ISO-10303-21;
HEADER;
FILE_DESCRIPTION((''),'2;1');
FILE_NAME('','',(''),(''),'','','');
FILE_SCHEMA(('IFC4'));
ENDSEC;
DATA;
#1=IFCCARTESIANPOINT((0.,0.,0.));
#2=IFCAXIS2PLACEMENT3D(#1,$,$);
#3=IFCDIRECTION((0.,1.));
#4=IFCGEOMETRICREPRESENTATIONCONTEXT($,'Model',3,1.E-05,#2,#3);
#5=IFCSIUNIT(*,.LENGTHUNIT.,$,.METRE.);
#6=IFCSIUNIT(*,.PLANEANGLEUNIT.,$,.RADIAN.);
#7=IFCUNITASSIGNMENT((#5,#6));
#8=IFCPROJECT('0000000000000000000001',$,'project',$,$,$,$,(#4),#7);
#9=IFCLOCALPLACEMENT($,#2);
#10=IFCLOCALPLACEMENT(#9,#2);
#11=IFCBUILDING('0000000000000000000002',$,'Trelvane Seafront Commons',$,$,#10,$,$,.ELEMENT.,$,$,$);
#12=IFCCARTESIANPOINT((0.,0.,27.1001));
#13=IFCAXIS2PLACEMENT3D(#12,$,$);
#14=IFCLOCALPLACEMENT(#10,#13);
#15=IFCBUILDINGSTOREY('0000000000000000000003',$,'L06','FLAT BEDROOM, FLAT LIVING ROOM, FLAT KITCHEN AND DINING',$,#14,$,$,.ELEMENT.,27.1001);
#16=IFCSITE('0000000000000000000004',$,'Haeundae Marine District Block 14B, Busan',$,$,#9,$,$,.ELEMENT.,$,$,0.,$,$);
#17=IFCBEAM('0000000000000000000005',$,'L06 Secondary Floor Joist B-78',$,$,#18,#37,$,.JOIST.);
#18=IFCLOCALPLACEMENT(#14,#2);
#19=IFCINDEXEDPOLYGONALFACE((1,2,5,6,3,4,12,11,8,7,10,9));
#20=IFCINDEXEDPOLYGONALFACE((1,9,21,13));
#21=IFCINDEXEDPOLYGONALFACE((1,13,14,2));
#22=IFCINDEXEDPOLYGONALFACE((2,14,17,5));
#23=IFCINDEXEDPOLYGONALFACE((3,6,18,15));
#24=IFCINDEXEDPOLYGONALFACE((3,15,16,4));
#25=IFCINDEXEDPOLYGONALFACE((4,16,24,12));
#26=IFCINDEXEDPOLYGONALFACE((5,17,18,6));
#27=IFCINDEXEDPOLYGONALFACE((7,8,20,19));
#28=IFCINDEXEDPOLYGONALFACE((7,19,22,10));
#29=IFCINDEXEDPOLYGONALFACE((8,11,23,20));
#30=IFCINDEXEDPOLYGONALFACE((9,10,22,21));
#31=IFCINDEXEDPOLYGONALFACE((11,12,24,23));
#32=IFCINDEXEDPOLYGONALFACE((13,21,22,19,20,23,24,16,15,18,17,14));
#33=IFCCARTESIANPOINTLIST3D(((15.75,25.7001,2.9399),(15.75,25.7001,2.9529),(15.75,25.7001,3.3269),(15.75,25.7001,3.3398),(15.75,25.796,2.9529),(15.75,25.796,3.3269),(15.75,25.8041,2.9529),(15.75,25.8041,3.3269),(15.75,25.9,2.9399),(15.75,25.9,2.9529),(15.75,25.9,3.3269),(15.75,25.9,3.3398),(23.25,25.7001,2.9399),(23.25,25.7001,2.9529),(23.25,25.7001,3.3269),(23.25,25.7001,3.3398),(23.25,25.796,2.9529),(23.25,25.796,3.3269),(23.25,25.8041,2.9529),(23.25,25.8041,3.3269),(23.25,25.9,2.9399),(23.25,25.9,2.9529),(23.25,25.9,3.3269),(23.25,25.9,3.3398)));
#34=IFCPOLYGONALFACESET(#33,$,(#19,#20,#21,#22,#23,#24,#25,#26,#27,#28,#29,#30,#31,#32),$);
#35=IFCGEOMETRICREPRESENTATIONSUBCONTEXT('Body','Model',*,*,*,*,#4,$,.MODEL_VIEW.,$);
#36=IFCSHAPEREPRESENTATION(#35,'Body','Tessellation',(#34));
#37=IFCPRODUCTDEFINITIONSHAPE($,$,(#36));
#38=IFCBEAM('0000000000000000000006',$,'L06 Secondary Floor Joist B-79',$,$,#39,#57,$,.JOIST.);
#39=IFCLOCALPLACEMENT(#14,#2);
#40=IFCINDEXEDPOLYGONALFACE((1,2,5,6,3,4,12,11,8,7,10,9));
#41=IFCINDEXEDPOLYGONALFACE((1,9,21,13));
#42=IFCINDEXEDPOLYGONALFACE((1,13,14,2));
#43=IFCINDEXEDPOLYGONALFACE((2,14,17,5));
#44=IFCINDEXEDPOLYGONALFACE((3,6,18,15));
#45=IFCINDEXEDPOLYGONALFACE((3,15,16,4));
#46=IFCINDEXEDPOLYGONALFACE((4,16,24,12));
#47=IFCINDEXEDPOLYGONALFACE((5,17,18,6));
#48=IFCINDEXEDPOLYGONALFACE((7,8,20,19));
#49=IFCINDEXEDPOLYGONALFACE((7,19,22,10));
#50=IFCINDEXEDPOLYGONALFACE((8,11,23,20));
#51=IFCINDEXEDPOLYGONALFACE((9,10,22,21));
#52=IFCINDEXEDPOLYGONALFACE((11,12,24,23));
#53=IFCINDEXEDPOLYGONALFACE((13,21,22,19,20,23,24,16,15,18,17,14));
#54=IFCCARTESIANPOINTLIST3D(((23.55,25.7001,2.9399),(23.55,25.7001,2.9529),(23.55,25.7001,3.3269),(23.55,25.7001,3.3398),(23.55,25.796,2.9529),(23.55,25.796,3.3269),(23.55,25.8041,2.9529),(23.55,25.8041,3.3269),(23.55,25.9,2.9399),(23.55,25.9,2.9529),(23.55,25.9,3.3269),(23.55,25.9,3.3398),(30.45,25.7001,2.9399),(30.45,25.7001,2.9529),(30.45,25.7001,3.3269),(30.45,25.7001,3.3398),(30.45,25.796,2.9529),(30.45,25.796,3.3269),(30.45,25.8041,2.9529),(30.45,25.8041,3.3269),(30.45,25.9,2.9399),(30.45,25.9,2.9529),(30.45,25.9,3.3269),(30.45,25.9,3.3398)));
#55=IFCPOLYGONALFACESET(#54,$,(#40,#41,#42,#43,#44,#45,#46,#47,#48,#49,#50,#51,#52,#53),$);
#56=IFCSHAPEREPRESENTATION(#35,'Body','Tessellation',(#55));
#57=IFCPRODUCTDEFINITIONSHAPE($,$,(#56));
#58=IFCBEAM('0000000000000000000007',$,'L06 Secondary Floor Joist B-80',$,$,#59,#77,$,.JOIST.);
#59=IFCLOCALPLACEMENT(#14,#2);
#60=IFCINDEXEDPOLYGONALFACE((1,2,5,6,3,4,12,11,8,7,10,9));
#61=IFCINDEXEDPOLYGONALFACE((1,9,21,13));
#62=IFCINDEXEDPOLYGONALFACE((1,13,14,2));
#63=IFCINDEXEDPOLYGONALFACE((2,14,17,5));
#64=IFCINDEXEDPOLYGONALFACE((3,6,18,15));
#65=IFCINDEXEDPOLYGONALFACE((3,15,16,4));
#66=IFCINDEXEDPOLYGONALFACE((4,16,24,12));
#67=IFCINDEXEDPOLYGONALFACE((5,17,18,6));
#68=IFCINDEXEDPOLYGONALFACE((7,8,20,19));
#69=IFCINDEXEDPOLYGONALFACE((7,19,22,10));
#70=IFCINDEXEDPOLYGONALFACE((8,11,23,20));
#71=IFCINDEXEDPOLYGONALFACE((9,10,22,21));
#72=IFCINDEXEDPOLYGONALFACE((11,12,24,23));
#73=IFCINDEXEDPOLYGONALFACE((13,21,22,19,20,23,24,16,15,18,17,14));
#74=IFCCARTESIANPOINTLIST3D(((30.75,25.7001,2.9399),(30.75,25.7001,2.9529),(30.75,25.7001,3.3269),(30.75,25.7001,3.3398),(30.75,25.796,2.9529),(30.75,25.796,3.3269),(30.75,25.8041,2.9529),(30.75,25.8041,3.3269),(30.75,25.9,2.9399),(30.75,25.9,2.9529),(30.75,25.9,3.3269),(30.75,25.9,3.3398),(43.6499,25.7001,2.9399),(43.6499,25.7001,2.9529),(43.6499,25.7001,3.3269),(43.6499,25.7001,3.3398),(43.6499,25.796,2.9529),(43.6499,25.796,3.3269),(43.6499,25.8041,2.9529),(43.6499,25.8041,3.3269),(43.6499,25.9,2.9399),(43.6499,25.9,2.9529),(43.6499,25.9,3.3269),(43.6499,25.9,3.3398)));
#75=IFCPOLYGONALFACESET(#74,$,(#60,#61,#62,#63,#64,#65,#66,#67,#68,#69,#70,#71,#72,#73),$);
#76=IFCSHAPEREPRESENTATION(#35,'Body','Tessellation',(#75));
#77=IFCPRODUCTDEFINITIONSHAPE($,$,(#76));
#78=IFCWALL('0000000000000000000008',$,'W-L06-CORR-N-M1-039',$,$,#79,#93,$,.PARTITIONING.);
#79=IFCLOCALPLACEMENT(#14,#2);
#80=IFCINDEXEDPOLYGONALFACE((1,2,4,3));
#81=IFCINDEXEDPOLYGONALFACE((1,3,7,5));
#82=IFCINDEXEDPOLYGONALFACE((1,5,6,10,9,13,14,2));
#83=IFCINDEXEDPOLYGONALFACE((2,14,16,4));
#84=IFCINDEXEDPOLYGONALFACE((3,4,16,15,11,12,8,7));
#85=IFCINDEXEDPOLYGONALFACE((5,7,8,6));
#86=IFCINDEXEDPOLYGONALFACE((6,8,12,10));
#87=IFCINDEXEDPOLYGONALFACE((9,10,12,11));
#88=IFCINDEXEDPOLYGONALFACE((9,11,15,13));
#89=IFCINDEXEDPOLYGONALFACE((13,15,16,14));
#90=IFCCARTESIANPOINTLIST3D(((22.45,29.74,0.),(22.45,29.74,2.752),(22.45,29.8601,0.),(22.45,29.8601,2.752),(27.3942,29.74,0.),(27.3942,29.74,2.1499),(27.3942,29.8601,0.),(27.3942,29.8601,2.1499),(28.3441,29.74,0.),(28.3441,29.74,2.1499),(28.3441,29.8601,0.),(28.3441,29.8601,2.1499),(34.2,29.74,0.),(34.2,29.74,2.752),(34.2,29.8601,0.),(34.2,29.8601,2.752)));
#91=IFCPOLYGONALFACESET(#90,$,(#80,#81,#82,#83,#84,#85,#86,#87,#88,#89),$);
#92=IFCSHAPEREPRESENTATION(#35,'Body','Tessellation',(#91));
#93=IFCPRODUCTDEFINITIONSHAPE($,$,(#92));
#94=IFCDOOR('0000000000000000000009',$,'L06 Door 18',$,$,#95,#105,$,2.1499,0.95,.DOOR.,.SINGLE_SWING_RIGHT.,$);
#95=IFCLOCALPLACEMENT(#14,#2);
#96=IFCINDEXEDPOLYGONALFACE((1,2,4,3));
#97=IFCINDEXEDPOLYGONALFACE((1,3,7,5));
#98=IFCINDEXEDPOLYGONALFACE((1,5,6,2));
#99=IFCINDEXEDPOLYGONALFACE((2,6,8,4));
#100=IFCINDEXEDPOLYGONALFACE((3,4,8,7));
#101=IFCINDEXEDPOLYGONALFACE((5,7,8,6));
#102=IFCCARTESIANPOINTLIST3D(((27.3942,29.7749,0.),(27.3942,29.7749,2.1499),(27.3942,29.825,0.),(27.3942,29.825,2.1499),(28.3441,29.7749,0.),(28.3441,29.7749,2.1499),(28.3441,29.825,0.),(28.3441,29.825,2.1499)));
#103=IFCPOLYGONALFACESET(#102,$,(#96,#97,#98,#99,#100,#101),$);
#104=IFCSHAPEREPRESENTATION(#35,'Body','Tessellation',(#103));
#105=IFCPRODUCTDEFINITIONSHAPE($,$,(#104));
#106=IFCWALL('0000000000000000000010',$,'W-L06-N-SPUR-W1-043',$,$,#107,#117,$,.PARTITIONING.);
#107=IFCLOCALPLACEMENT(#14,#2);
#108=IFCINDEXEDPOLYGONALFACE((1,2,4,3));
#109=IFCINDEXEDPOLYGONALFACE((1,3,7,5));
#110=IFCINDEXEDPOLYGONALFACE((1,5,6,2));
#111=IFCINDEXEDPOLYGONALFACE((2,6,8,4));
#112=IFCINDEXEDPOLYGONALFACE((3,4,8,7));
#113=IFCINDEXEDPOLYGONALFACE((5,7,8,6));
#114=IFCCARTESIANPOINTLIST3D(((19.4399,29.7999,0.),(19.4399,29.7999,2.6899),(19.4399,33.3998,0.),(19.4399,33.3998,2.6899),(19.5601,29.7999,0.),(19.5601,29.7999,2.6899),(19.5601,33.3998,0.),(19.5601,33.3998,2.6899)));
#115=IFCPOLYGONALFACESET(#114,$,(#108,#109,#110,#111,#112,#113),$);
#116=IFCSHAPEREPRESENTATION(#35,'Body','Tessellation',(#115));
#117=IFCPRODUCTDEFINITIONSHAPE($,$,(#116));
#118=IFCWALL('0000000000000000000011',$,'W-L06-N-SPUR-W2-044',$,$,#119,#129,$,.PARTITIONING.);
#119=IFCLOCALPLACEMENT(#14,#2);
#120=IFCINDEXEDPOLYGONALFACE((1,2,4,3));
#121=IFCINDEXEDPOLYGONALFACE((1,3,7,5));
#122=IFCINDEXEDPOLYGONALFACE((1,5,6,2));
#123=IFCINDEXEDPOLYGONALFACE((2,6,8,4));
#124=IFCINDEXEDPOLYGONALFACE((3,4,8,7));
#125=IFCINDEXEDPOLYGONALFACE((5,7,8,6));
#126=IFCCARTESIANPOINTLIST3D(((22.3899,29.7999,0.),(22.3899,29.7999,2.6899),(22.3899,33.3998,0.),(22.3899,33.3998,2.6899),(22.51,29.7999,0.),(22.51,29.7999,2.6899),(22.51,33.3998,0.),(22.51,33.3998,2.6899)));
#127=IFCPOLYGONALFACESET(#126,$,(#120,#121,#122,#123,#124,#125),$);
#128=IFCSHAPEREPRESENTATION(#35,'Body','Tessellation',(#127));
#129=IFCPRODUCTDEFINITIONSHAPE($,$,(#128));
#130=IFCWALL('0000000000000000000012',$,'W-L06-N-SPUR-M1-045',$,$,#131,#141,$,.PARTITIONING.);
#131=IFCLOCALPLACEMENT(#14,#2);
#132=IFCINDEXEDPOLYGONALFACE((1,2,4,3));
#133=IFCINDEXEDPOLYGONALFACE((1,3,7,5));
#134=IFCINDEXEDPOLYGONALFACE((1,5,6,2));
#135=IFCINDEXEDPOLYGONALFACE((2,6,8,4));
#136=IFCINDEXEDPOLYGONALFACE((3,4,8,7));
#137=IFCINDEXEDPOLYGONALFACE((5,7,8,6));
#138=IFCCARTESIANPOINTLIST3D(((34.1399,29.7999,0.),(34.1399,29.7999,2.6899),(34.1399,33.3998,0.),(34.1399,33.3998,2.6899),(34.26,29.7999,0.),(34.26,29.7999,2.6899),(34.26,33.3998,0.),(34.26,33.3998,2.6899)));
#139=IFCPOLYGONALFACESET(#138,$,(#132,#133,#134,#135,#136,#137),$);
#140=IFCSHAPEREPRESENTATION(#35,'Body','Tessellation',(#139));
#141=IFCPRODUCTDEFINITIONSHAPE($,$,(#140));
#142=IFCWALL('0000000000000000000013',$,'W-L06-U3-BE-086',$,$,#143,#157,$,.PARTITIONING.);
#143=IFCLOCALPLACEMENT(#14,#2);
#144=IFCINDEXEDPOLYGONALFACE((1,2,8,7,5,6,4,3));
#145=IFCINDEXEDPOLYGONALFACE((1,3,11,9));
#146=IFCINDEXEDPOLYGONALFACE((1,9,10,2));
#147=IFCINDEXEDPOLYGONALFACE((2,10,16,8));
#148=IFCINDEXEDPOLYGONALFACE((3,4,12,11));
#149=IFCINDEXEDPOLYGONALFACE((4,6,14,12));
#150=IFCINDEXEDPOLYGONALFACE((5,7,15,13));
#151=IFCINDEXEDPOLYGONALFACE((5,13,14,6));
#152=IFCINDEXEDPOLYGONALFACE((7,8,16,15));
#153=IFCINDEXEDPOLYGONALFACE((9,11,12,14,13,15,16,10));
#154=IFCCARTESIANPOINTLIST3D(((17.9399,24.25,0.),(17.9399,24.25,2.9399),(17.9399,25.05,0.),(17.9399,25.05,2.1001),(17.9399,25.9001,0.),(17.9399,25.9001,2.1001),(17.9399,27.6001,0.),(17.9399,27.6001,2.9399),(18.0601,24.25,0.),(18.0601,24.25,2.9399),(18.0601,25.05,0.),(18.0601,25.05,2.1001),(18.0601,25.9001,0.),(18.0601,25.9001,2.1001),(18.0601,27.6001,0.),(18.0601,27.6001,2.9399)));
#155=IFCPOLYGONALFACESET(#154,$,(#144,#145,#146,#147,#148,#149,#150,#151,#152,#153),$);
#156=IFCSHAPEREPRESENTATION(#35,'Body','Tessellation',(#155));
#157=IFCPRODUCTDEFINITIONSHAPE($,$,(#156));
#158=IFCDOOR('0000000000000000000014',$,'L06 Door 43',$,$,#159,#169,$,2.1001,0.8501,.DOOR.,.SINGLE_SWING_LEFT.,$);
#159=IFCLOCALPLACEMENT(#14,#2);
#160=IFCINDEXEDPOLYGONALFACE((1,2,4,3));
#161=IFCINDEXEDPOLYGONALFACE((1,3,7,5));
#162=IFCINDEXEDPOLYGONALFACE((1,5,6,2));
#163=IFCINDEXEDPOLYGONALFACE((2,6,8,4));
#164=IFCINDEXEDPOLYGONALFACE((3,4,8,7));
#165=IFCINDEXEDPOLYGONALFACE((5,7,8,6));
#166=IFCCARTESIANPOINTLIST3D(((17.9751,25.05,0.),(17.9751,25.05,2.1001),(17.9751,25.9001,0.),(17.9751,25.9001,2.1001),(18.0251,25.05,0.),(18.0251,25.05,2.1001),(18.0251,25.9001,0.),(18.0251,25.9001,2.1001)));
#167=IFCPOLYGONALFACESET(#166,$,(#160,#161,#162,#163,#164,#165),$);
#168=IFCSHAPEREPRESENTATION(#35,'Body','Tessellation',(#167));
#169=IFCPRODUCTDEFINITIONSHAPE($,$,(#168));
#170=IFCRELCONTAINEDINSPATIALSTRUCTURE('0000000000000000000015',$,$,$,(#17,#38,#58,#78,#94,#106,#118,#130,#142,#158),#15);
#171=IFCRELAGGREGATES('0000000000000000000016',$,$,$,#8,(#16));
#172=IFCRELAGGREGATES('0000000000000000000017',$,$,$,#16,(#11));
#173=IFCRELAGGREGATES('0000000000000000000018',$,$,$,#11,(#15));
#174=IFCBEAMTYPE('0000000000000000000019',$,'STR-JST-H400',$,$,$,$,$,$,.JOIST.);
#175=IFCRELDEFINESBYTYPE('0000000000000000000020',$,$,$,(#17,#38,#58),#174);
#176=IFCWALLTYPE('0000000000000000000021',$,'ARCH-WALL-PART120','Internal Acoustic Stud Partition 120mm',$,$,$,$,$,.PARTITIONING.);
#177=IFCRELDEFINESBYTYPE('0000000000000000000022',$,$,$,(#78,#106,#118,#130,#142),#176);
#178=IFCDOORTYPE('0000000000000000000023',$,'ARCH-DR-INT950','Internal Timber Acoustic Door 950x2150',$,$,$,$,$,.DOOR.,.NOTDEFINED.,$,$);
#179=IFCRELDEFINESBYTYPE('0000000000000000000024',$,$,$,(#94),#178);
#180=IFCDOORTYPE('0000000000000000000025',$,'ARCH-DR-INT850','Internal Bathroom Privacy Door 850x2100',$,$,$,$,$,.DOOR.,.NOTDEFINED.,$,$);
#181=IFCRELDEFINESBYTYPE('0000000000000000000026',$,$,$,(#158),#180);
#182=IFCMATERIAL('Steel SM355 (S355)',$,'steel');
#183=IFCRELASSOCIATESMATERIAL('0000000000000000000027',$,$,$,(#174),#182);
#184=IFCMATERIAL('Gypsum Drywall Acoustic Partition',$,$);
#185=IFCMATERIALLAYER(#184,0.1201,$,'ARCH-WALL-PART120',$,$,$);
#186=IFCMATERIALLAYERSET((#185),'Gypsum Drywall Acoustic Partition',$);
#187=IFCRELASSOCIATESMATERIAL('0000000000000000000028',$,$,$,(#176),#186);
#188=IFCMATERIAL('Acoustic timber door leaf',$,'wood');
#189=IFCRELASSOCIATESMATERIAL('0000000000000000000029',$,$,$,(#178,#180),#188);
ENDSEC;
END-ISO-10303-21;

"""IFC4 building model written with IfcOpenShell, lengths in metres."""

from ifc_helpers import new_model, si_unit, direction, frame, frame_2d, origin, origin_2d, place, context, subcontext, project, spatial, rectangle, i_section, extrude, source, transform, mapped, material, layer, layer_set, material_profile, profile_set, type_object, element, fill, save


model = new_model("IFC4")

# Units and contexts
model_context = context("Model", 3, precision=1e-05, world=origin(), true_north=direction((0.0, 1.0)))
body_context = subcontext(model_context, "Body", "Model", "MODEL_VIEW")
ifc_project = project(units=[si_unit("LENGTHUNIT", "METRE"), si_unit("PLANEANGLEUNIT", "RADIAN")], contexts=[model_context])

# Site, building, storey
site_placement = place(None, origin())
site = spatial("IfcSite", under=ifc_project, at=site_placement, Name="Haeundae Marine District Block 14B, Busan", CompositionType="ELEMENT", RefElevation=0.0)
building_placement = place(site_placement, origin())
building = spatial("IfcBuilding", under=site, at=building_placement, Name="Trelvane Seafront Commons", CompositionType="ELEMENT")
storey_placement = place(building_placement, frame((0.0, 0.0, 27.1001)))
storey = spatial("IfcBuildingStorey", under=building, at=storey_placement, Name="L06", Description="FLAT BEDROOM, FLAT LIVING ROOM, FLAT KITCHEN AND DINING", CompositionType="ELEMENT", Elevation=27.1001)

# Beams
ifc_material_1 = material(Name="Steel SM355 (S355)", Category="steel")
ifc_material_profile = material_profile(ifc_material_1, i_section(OverallWidth=0.2, OverallDepth=0.3999, WebThickness=0.0081, FlangeThickness=0.0129, at=origin_2d()), Name="H-400x200x8x13")
ifc_profile_set = profile_set([ifc_material_profile], Name="Steel SM355 (S355)")
beam_type = type_object("IfcBeamType", Name="STR-JST-H400", PredefinedType="JOIST", material=ifc_profile_set)
shared_shape_1 = source(origin(), body_context, "Body", "SweptSolid", [
    extrude(i_section(OverallWidth=0.2, OverallDepth=0.3999, WebThickness=0.0081, FlangeThickness=0.0129, at=origin_2d()), origin(), (0.0, 0.0, 1.0), 7.5),
])
beam_1_placement = place(storey_placement, frame((15.75, 25.8, 3.1399), z_axis=(1.0, 0.0, 0.0), x_axis=(0.0, 1.0, 0.0)))
element("IfcBeam", 1, at=beam_1_placement, inside=storey, type_object=beam_type, Name="L06 Secondary Floor Joist B-78", PredefinedType="JOIST", context=body_context, shape_type="MappedRepresentation", body=[
    mapped(shared_shape_1, transform((0.0, 0.0, 0.0), x_axis=(1.0, 0.0, 0.0), y_axis=(0.0, 1.0, 0.0), z_axis=(0.0, 0.0, 1.0), scale=1.0)),
])
shared_shape_2 = source(origin(), body_context, "Body", "SweptSolid", [
    extrude(i_section(OverallWidth=0.2, OverallDepth=0.3999, WebThickness=0.0081, FlangeThickness=0.0129, at=origin_2d()), origin(), (0.0, 0.0, 1.0), 6.8999),
])
beam_2_placement = place(storey_placement, frame((23.55, 25.8, 3.1399), z_axis=(1.0, 0.0, 0.0), x_axis=(0.0, 1.0, 0.0)))
element("IfcBeam", 2, at=beam_2_placement, inside=storey, type_object=beam_type, Name="L06 Secondary Floor Joist B-79", PredefinedType="JOIST", context=body_context, shape_type="MappedRepresentation", body=[
    mapped(shared_shape_2, transform((0.0, 0.0, 0.0), x_axis=(1.0, 0.0, 0.0), y_axis=(0.0, 1.0, 0.0), z_axis=(0.0, 0.0, 1.0), scale=1.0)),
])
shared_shape_3 = source(origin(), body_context, "Body", "SweptSolid", [
    extrude(i_section(OverallWidth=0.2, OverallDepth=0.3999, WebThickness=0.0081, FlangeThickness=0.0129, at=origin_2d()), origin(), (0.0, 0.0, 1.0), 12.8999),
])
beam_3_placement = place(storey_placement, frame((30.75, 25.8, 3.1399), z_axis=(1.0, 0.0, 0.0), x_axis=(0.0, 1.0, 0.0)))
element("IfcBeam", 3, at=beam_3_placement, inside=storey, type_object=beam_type, Name="L06 Secondary Floor Joist B-80", PredefinedType="JOIST", context=body_context, shape_type="MappedRepresentation", body=[
    mapped(shared_shape_3, transform((0.0, 0.0, 0.0), x_axis=(1.0, 0.0, 0.0), y_axis=(0.0, 1.0, 0.0), z_axis=(0.0, 0.0, 1.0), scale=1.0)),
])

# Wall, opening, door
ifc_material_2 = material(Name="Gypsum Drywall Acoustic Partition")
ifc_layer_1 = layer(ifc_material_2, 0.1201, Name="ARCH-WALL-PART120")
ifc_layer_set_1 = layer_set([ifc_layer_1], Name="Gypsum Drywall Acoustic Partition")
wall_type_1 = type_object("IfcWallType", Name="ARCH-WALL-PART120", Description="Internal Acoustic Stud Partition 120mm", PredefinedType="PARTITIONING", material=ifc_layer_set_1)
wall_1_placement = place(storey_placement, frame((22.45, 29.8, 0.0), z_axis=(0.0, 0.0, 1.0), x_axis=(1.0, 0.0, 0.0)))
wall_1 = element("IfcWall", 4, at=wall_1_placement, inside=storey, type_object=wall_type_1, Name="W-L06-CORR-N-M1-039", PredefinedType="PARTITIONING", context=body_context, shape_type="SweptSolid", body=[
    extrude(rectangle(XDim=11.75, YDim=0.1201, at=frame_2d((5.875, 0.0))), origin(), (0.0, 0.0, 1.0), 2.752),
])
opening_1_placement = place(wall_1_placement, frame((4.9441, 0.0, 0.0)))
opening_1 = element("IfcOpeningElement", 5, at=opening_1_placement, cuts=wall_1, PredefinedType="OPENING", context=body_context, shape_type="SweptSolid", body=[
    extrude(rectangle(XDim=0.95, YDim=2.1499, at=frame_2d((0.4751, 1.075))), frame((0.0, 0.0701, 0.0), z_axis=(0.0, -1.0, 0.0), x_axis=(1.0, 0.0, 0.0)), (0.0, 0.0, 1.0), 0.1401),
])
ifc_material_3 = material(Name="Acoustic timber door leaf", Category="wood")
door_type_1 = type_object("IfcDoorType", Name="ARCH-DR-INT950", Description="Internal Timber Acoustic Door 950x2150", OperationType="NOTDEFINED", PredefinedType="DOOR", material=ifc_material_3)
shared_shape_4 = source(origin(), body_context, "Body", "SweptSolid", [
    extrude(rectangle(XDim=0.95, YDim=2.1499, at=frame_2d((0.4751, 1.075))), frame((0.0, 0.0249, 0.0), z_axis=(0.0, -1.0, 0.0), x_axis=(1.0, 0.0, 0.0)), (0.0, 0.0, 1.0), 0.05),
])
door_1_placement = place(opening_1_placement, origin())
door_1 = element("IfcDoor", 6, at=door_1_placement, inside=storey, type_object=door_type_1, Name="L06 Door 18", OperationType="SINGLE_SWING_RIGHT", OverallHeight=2.1499, OverallWidth=0.95, PredefinedType="DOOR", context=body_context, shape_type="MappedRepresentation", body=[
    mapped(shared_shape_4, transform((0.0, 0.0, 0.0), x_axis=(1.0, 0.0, 0.0), y_axis=(0.0, 1.0, 0.0), z_axis=(0.0, 0.0, 1.0), scale=1.0)),
])
fill(opening_1, door_1)

# Walls
for number, where, z_axis, x_axis, name in (
    (7, (19.5, 29.8, 0.0), (0.0, 0.0, 1.0), (0.0, 1.0, 0.0), "W-L06-N-SPUR-W1-043"),
    (8, (22.45, 29.8, 0.0), (0.0, 0.0, 1.0), (0.0, 1.0, 0.0), "W-L06-N-SPUR-W2-044"),
    (9, (34.2, 29.8, 0.0), (0.0, 0.0, 1.0), (0.0, 1.0, 0.0), "W-L06-N-SPUR-M1-045"),
):
    element("IfcWall", number, at=place(storey_placement, frame(where, z_axis=z_axis, x_axis=x_axis)), inside=storey, type_object=wall_type_1, Name=name, PredefinedType="PARTITIONING", context=body_context, shape_type="SweptSolid", body=[
        extrude(rectangle(XDim=3.5999, YDim=0.1201, at=frame_2d((1.7998, 0.0))), origin(), (0.0, 0.0, 1.0), 2.6899),
    ])

# Wall, opening, door
wall_2_placement = place(storey_placement, frame((18.0, 24.25, 0.0), z_axis=(0.0, 0.0, 1.0), x_axis=(0.0, 1.0, 0.0)))
wall_2 = element("IfcWall", 10, at=wall_2_placement, inside=storey, type_object=wall_type_1, Name="W-L06-U3-BE-086", PredefinedType="PARTITIONING", context=body_context, shape_type="SweptSolid", body=[
    extrude(rectangle(XDim=3.3501, YDim=0.1201, at=frame_2d((1.675, 0.0))), origin(), (0.0, 0.0, 1.0), 2.9399),
])
opening_2_placement = place(wall_2_placement, frame((0.8, 0.0, 0.0)))
opening_2 = element("IfcOpeningElement", 11, at=opening_2_placement, cuts=wall_2, PredefinedType="OPENING", context=body_context, shape_type="SweptSolid", body=[
    extrude(rectangle(XDim=0.8501, YDim=2.1001, at=frame_2d((0.425, 1.05))), frame((0.0, 0.0701, 0.0), z_axis=(0.0, -1.0, 0.0), x_axis=(1.0, 0.0, 0.0)), (0.0, 0.0, 1.0), 0.1401),
])
door_type_2 = type_object("IfcDoorType", Name="ARCH-DR-INT850", Description="Internal Bathroom Privacy Door 850x2100", OperationType="NOTDEFINED", PredefinedType="DOOR", material=ifc_material_3)
shared_shape_5 = source(origin(), body_context, "Body", "SweptSolid", [
    extrude(rectangle(XDim=0.8501, YDim=2.1001, at=frame_2d((0.425, 1.05))), frame((0.0, 0.0249, 0.0), z_axis=(0.0, -1.0, 0.0), x_axis=(1.0, 0.0, 0.0)), (0.0, 0.0, 1.0), 0.05),
])
door_2_placement = place(opening_2_placement, origin())
door_2 = element("IfcDoor", 12, at=door_2_placement, inside=storey, type_object=door_type_2, Name="L06 Door 43", OperationType="SINGLE_SWING_LEFT", OverallHeight=2.1001, OverallWidth=0.8501, PredefinedType="DOOR", context=body_context, shape_type="MappedRepresentation", body=[
    mapped(shared_shape_5, transform((0.0, 0.0, 0.0), x_axis=(1.0, 0.0, 0.0), y_axis=(0.0, 1.0, 0.0), z_axis=(0.0, 0.0, 1.0), scale=1.0)),
])
fill(opening_2, door_2)

save(model, "model.ifc")
